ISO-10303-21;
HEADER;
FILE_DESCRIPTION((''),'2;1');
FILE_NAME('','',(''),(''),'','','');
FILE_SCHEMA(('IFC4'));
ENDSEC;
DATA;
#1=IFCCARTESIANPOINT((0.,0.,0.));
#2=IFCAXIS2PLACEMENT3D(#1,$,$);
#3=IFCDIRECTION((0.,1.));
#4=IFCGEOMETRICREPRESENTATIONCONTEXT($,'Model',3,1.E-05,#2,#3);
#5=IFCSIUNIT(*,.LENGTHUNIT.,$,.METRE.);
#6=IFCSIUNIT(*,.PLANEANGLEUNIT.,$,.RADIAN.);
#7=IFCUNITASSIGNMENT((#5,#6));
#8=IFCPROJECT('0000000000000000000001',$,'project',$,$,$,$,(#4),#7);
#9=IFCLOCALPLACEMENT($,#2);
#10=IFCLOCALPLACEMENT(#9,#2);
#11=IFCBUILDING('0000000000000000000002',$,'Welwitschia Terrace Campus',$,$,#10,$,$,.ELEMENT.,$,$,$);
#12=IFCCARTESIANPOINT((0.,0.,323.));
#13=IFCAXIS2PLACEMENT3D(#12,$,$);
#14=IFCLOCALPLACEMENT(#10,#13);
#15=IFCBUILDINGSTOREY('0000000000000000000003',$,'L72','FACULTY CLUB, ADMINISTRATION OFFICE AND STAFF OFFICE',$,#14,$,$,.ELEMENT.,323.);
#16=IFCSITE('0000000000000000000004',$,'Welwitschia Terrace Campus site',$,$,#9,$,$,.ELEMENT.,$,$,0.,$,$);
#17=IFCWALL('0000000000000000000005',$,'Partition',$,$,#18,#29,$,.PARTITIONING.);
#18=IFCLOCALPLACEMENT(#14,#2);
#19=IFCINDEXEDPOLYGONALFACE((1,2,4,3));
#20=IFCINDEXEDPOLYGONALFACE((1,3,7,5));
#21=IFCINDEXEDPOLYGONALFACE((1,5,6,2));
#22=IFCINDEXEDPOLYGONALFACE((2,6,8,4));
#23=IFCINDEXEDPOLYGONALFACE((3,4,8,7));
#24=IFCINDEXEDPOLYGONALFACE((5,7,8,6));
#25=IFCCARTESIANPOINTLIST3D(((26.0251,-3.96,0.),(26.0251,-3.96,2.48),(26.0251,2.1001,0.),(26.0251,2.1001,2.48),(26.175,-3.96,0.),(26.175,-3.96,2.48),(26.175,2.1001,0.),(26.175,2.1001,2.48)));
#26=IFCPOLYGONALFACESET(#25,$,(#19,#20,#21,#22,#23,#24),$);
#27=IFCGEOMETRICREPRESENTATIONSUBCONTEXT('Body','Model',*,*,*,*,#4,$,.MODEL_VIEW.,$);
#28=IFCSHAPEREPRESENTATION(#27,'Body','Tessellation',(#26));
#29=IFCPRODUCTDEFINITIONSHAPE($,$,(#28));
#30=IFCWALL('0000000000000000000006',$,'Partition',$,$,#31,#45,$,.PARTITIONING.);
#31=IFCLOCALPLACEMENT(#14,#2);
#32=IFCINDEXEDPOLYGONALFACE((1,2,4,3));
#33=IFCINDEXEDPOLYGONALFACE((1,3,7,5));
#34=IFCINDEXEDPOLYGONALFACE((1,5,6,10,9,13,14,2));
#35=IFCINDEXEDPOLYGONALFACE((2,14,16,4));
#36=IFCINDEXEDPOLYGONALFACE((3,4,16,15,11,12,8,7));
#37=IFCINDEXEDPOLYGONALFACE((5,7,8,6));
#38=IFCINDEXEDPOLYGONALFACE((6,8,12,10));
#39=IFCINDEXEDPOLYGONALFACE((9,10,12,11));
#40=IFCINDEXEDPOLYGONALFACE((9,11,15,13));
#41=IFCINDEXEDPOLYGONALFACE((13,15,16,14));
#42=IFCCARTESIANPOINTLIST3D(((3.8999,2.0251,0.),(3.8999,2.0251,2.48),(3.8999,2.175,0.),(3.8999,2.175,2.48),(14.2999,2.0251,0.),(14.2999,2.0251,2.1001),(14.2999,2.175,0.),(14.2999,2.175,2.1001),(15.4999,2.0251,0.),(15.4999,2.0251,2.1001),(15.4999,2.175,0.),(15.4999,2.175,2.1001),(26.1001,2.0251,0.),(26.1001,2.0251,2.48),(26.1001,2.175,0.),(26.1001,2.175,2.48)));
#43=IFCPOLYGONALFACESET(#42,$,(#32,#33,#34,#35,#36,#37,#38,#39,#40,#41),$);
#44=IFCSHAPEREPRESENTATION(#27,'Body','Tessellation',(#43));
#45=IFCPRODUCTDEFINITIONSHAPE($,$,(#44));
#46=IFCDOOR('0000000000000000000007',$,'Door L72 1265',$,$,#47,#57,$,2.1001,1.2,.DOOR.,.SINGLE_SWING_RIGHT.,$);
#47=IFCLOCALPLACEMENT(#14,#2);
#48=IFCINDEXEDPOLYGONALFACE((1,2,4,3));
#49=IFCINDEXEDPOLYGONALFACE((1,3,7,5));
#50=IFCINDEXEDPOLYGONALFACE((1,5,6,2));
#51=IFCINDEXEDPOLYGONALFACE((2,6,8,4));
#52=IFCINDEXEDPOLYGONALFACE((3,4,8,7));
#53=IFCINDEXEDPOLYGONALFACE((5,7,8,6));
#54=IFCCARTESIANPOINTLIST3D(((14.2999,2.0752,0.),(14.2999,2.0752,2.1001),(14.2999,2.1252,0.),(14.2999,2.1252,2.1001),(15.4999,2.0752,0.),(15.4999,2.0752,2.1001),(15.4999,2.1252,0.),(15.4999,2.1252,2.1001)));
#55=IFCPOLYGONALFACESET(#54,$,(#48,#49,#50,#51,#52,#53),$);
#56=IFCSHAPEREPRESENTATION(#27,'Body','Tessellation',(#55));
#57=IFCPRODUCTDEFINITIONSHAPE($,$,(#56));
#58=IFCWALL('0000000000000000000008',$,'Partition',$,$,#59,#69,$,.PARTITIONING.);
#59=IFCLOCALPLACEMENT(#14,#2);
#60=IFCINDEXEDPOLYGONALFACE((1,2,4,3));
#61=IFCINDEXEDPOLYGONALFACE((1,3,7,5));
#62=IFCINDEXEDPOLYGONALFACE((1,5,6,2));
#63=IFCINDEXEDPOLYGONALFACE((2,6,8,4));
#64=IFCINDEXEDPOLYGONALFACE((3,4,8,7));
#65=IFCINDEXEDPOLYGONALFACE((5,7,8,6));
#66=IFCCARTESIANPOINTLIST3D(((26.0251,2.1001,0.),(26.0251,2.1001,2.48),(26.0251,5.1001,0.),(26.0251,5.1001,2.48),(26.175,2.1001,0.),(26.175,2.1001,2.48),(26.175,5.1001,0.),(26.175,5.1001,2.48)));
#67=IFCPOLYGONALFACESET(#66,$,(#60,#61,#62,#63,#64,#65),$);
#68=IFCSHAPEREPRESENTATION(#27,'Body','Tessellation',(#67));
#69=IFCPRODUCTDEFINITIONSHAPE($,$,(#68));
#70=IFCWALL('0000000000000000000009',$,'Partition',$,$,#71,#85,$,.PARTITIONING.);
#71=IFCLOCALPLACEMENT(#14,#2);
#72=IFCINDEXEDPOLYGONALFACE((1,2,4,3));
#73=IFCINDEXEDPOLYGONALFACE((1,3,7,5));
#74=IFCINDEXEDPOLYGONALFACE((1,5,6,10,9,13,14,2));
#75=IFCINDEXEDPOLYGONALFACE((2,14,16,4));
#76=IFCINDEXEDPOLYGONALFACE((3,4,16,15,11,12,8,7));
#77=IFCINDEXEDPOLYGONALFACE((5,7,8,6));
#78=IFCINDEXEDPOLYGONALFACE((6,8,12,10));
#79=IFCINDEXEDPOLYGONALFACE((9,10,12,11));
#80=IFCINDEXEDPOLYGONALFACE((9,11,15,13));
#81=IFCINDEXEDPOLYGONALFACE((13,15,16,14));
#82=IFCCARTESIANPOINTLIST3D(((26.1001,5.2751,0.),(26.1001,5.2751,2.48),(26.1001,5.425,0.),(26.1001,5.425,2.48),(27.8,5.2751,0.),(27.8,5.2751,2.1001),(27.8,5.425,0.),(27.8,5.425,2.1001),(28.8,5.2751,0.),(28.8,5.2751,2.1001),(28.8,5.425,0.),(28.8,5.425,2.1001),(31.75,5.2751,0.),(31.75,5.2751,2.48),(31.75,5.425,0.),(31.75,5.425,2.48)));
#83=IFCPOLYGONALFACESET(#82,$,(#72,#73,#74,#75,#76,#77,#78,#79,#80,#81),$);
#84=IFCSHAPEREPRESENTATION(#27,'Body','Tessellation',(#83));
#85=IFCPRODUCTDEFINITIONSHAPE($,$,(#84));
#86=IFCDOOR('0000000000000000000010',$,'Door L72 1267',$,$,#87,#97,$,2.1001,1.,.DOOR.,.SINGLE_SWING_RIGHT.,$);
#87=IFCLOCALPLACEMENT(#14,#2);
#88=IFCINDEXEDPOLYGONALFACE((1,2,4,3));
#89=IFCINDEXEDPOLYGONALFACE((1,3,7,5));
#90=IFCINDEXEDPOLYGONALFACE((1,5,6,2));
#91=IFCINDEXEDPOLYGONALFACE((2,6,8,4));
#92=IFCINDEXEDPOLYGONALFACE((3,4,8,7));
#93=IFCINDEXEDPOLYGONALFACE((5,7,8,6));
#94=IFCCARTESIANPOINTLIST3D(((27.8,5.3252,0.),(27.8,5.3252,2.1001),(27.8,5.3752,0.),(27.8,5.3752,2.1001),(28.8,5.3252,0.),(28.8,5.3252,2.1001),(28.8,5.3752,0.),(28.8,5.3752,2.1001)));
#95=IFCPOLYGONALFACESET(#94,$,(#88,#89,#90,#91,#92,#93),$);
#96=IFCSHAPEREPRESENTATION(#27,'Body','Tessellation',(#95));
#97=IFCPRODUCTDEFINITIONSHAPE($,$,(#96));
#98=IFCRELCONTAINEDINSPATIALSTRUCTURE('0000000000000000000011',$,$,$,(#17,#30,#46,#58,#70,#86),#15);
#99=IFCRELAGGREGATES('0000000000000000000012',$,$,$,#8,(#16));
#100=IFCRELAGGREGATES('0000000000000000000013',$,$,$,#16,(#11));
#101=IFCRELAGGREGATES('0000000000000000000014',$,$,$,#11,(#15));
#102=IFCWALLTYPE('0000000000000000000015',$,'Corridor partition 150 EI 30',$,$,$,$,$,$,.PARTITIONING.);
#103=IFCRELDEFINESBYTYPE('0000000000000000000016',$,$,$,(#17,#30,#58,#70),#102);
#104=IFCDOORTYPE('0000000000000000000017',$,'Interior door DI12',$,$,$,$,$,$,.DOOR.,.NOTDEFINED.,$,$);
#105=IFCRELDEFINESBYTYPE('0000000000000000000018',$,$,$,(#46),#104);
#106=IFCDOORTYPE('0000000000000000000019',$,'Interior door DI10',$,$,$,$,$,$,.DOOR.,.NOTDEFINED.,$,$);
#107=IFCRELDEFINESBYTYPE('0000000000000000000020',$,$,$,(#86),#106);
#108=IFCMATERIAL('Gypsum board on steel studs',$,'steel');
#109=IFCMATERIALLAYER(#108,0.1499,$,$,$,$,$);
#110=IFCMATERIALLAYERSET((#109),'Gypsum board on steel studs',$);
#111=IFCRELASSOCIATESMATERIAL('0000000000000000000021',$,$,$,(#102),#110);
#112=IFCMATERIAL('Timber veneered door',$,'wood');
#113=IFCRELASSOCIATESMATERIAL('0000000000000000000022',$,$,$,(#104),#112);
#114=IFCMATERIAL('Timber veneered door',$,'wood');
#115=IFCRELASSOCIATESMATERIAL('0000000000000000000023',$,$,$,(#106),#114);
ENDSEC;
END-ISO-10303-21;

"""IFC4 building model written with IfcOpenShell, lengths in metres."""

from ifc_helpers import new_model, si_unit, direction, frame, frame_2d, origin, place, context, subcontext, project, spatial, rectangle, extrude, material, layer, layer_set, type_object, element, fill, save


model = new_model("IFC4")

# Units and contexts
model_context = context("Model", 3, precision=1e-05, world=origin(), true_north=direction((0.0, 1.0)))
body_context = subcontext(model_context, "Body", "Model", "MODEL_VIEW")
ifc_project = project(units=[si_unit("LENGTHUNIT", "METRE"), si_unit("PLANEANGLEUNIT", "RADIAN")], contexts=[model_context])

# Site, building, storey
site_placement = place(None, origin())
site = spatial("IfcSite", under=ifc_project, at=site_placement, Name="Welwitschia Terrace Campus site", CompositionType="ELEMENT", RefElevation=0.0)
building_placement = place(site_placement, origin())
building = spatial("IfcBuilding", under=site, at=building_placement, Name="Welwitschia Terrace Campus", CompositionType="ELEMENT")
storey_placement = place(building_placement, frame((0.0, 0.0, 323.0)))
storey = spatial("IfcBuildingStorey", under=building, at=storey_placement, Name="L72", Description="FACULTY CLUB, ADMINISTRATION OFFICE AND STAFF OFFICE", CompositionType="ELEMENT", Elevation=323.0)

# Wall
ifc_material_1 = material(Name="Gypsum board on steel studs", Category="steel")
ifc_layer_1 = layer(ifc_material_1, 0.1499)
ifc_layer_set_1 = layer_set([ifc_layer_1], Name="Gypsum board on steel studs")
wall_type = type_object("IfcWallType", Name="Corridor partition 150 EI 30", PredefinedType="PARTITIONING", material=ifc_layer_set_1)
wall_1_placement = place(storey_placement, frame((26.1001, -3.96, 0.0), z_axis=(0.0, 0.0, 1.0), x_axis=(0.0, 1.0, 0.0)))
element("IfcWall", 1, at=wall_1_placement, inside=storey, type_object=wall_type, Name="Partition", PredefinedType="PARTITIONING", context=body_context, shape_type="SweptSolid", body=[
    extrude(rectangle(XDim=6.0601, YDim=0.1499, at=frame_2d((3.03, 0.0))), origin(), (0.0, 0.0, 1.0), 2.48),
])

# Wall, opening, door
wall_2_placement = place(storey_placement, frame((26.1001, 2.1001, 0.0), z_axis=(0.0, 0.0, 1.0), x_axis=(-1.0, 0.0, 0.0)))
wall_2 = element("IfcWall", 2, at=wall_2_placement, inside=storey, type_object=wall_type, Name="Partition", PredefinedType="PARTITIONING", context=body_context, shape_type="SweptSolid", body=[
    extrude(rectangle(XDim=22.2002, YDim=0.1499, at=frame_2d((11.1001, 0.0))), origin(), (0.0, 0.0, 1.0), 2.48),
])
opening_1_placement = place(wall_2_placement, frame((10.6001, 0.0, 0.0)))
opening_1 = element("IfcOpeningElement", 3, at=opening_1_placement, cuts=wall_2, PredefinedType="OPENING", context=body_context, shape_type="SweptSolid", body=[
    extrude(rectangle(XDim=1.2, YDim=2.1001, at=frame_2d((0.6001, 1.05))), frame((0.0, 0.085, 0.0), z_axis=(0.0, -1.0, 0.0), x_axis=(1.0, 0.0, 0.0)), (0.0, 0.0, 1.0), 0.1699),
])
ifc_material_2 = material(Name="Timber veneered door", Category="wood")
door_type_1 = type_object("IfcDoorType", Name="Interior door DI12", OperationType="NOTDEFINED", PredefinedType="DOOR", material=ifc_material_2)
door_1_placement = place(opening_1_placement, origin())
door_1 = element("IfcDoor", 4, at=door_1_placement, inside=storey, type_object=door_type_1, Name="Door L72 1265", OperationType="SINGLE_SWING_RIGHT", OverallHeight=2.1001, OverallWidth=1.2, PredefinedType="DOOR", context=body_context, shape_type="SweptSolid", body=[
    extrude(rectangle(XDim=1.2, YDim=2.1001, at=frame_2d((0.6001, 1.05))), frame((0.0, 0.0249, 0.0), z_axis=(0.0, -1.0, 0.0), x_axis=(1.0, 0.0, 0.0)), (0.0, 0.0, 1.0), 0.05),
])
fill(opening_1, door_1)

# Wall
wall_3_placement = place(storey_placement, frame((26.1001, 2.1001, 0.0), z_axis=(0.0, 0.0, 1.0), x_axis=(0.0, 1.0, 0.0)))
element("IfcWall", 5, at=wall_3_placement, inside=storey, type_object=wall_type, Name="Partition", PredefinedType="PARTITIONING", context=body_context, shape_type="SweptSolid", body=[
    extrude(rectangle(XDim=3.0, YDim=0.1499, at=frame_2d((1.5, 0.0))), origin(), (0.0, 0.0, 1.0), 2.48),
])

# Wall, opening, door
wall_4_placement = place(storey_placement, frame((31.75, 5.3501, 0.0), z_axis=(0.0, 0.0, 1.0), x_axis=(-1.0, 0.0, 0.0)))
wall_4 = element("IfcWall", 6, at=wall_4_placement, inside=storey, type_object=wall_type, Name="Partition", PredefinedType="PARTITIONING", context=body_context, shape_type="SweptSolid", body=[
    extrude(rectangle(XDim=5.6499, YDim=0.1499, at=frame_2d((2.825, 0.0))), origin(), (0.0, 0.0, 1.0), 2.48),
])
opening_2_placement = place(wall_4_placement, frame((2.95, 0.0, 0.0)))
opening_2 = element("IfcOpeningElement", 7, at=opening_2_placement, cuts=wall_4, PredefinedType="OPENING", context=body_context, shape_type="SweptSolid", body=[
    extrude(rectangle(XDim=1.0, YDim=2.1001, at=frame_2d((0.5, 1.05))), frame((0.0, 0.085, 0.0), z_axis=(0.0, -1.0, 0.0), x_axis=(1.0, 0.0, 0.0)), (0.0, 0.0, 1.0), 0.1699),
])
ifc_material_3 = material(Name="Timber veneered door", Category="wood")
door_type_2 = type_object("IfcDoorType", Name="Interior door DI10", OperationType="NOTDEFINED", PredefinedType="DOOR", material=ifc_material_3)
door_2_placement = place(opening_2_placement, origin())
door_2 = element("IfcDoor", 8, at=door_2_placement, inside=storey, type_object=door_type_2, Name="Door L72 1267", OperationType="SINGLE_SWING_RIGHT", OverallHeight=2.1001, OverallWidth=1.0, PredefinedType="DOOR", context=body_context, shape_type="SweptSolid", body=[
    extrude(rectangle(XDim=1.0, YDim=2.1001, at=frame_2d((0.5, 1.05))), frame((0.0, 0.0249, 0.0), z_axis=(0.0, -1.0, 0.0), x_axis=(1.0, 0.0, 0.0)), (0.0, 0.0, 1.0), 0.05),
])
fill(opening_2, door_2)

save(model, "model.ifc")
